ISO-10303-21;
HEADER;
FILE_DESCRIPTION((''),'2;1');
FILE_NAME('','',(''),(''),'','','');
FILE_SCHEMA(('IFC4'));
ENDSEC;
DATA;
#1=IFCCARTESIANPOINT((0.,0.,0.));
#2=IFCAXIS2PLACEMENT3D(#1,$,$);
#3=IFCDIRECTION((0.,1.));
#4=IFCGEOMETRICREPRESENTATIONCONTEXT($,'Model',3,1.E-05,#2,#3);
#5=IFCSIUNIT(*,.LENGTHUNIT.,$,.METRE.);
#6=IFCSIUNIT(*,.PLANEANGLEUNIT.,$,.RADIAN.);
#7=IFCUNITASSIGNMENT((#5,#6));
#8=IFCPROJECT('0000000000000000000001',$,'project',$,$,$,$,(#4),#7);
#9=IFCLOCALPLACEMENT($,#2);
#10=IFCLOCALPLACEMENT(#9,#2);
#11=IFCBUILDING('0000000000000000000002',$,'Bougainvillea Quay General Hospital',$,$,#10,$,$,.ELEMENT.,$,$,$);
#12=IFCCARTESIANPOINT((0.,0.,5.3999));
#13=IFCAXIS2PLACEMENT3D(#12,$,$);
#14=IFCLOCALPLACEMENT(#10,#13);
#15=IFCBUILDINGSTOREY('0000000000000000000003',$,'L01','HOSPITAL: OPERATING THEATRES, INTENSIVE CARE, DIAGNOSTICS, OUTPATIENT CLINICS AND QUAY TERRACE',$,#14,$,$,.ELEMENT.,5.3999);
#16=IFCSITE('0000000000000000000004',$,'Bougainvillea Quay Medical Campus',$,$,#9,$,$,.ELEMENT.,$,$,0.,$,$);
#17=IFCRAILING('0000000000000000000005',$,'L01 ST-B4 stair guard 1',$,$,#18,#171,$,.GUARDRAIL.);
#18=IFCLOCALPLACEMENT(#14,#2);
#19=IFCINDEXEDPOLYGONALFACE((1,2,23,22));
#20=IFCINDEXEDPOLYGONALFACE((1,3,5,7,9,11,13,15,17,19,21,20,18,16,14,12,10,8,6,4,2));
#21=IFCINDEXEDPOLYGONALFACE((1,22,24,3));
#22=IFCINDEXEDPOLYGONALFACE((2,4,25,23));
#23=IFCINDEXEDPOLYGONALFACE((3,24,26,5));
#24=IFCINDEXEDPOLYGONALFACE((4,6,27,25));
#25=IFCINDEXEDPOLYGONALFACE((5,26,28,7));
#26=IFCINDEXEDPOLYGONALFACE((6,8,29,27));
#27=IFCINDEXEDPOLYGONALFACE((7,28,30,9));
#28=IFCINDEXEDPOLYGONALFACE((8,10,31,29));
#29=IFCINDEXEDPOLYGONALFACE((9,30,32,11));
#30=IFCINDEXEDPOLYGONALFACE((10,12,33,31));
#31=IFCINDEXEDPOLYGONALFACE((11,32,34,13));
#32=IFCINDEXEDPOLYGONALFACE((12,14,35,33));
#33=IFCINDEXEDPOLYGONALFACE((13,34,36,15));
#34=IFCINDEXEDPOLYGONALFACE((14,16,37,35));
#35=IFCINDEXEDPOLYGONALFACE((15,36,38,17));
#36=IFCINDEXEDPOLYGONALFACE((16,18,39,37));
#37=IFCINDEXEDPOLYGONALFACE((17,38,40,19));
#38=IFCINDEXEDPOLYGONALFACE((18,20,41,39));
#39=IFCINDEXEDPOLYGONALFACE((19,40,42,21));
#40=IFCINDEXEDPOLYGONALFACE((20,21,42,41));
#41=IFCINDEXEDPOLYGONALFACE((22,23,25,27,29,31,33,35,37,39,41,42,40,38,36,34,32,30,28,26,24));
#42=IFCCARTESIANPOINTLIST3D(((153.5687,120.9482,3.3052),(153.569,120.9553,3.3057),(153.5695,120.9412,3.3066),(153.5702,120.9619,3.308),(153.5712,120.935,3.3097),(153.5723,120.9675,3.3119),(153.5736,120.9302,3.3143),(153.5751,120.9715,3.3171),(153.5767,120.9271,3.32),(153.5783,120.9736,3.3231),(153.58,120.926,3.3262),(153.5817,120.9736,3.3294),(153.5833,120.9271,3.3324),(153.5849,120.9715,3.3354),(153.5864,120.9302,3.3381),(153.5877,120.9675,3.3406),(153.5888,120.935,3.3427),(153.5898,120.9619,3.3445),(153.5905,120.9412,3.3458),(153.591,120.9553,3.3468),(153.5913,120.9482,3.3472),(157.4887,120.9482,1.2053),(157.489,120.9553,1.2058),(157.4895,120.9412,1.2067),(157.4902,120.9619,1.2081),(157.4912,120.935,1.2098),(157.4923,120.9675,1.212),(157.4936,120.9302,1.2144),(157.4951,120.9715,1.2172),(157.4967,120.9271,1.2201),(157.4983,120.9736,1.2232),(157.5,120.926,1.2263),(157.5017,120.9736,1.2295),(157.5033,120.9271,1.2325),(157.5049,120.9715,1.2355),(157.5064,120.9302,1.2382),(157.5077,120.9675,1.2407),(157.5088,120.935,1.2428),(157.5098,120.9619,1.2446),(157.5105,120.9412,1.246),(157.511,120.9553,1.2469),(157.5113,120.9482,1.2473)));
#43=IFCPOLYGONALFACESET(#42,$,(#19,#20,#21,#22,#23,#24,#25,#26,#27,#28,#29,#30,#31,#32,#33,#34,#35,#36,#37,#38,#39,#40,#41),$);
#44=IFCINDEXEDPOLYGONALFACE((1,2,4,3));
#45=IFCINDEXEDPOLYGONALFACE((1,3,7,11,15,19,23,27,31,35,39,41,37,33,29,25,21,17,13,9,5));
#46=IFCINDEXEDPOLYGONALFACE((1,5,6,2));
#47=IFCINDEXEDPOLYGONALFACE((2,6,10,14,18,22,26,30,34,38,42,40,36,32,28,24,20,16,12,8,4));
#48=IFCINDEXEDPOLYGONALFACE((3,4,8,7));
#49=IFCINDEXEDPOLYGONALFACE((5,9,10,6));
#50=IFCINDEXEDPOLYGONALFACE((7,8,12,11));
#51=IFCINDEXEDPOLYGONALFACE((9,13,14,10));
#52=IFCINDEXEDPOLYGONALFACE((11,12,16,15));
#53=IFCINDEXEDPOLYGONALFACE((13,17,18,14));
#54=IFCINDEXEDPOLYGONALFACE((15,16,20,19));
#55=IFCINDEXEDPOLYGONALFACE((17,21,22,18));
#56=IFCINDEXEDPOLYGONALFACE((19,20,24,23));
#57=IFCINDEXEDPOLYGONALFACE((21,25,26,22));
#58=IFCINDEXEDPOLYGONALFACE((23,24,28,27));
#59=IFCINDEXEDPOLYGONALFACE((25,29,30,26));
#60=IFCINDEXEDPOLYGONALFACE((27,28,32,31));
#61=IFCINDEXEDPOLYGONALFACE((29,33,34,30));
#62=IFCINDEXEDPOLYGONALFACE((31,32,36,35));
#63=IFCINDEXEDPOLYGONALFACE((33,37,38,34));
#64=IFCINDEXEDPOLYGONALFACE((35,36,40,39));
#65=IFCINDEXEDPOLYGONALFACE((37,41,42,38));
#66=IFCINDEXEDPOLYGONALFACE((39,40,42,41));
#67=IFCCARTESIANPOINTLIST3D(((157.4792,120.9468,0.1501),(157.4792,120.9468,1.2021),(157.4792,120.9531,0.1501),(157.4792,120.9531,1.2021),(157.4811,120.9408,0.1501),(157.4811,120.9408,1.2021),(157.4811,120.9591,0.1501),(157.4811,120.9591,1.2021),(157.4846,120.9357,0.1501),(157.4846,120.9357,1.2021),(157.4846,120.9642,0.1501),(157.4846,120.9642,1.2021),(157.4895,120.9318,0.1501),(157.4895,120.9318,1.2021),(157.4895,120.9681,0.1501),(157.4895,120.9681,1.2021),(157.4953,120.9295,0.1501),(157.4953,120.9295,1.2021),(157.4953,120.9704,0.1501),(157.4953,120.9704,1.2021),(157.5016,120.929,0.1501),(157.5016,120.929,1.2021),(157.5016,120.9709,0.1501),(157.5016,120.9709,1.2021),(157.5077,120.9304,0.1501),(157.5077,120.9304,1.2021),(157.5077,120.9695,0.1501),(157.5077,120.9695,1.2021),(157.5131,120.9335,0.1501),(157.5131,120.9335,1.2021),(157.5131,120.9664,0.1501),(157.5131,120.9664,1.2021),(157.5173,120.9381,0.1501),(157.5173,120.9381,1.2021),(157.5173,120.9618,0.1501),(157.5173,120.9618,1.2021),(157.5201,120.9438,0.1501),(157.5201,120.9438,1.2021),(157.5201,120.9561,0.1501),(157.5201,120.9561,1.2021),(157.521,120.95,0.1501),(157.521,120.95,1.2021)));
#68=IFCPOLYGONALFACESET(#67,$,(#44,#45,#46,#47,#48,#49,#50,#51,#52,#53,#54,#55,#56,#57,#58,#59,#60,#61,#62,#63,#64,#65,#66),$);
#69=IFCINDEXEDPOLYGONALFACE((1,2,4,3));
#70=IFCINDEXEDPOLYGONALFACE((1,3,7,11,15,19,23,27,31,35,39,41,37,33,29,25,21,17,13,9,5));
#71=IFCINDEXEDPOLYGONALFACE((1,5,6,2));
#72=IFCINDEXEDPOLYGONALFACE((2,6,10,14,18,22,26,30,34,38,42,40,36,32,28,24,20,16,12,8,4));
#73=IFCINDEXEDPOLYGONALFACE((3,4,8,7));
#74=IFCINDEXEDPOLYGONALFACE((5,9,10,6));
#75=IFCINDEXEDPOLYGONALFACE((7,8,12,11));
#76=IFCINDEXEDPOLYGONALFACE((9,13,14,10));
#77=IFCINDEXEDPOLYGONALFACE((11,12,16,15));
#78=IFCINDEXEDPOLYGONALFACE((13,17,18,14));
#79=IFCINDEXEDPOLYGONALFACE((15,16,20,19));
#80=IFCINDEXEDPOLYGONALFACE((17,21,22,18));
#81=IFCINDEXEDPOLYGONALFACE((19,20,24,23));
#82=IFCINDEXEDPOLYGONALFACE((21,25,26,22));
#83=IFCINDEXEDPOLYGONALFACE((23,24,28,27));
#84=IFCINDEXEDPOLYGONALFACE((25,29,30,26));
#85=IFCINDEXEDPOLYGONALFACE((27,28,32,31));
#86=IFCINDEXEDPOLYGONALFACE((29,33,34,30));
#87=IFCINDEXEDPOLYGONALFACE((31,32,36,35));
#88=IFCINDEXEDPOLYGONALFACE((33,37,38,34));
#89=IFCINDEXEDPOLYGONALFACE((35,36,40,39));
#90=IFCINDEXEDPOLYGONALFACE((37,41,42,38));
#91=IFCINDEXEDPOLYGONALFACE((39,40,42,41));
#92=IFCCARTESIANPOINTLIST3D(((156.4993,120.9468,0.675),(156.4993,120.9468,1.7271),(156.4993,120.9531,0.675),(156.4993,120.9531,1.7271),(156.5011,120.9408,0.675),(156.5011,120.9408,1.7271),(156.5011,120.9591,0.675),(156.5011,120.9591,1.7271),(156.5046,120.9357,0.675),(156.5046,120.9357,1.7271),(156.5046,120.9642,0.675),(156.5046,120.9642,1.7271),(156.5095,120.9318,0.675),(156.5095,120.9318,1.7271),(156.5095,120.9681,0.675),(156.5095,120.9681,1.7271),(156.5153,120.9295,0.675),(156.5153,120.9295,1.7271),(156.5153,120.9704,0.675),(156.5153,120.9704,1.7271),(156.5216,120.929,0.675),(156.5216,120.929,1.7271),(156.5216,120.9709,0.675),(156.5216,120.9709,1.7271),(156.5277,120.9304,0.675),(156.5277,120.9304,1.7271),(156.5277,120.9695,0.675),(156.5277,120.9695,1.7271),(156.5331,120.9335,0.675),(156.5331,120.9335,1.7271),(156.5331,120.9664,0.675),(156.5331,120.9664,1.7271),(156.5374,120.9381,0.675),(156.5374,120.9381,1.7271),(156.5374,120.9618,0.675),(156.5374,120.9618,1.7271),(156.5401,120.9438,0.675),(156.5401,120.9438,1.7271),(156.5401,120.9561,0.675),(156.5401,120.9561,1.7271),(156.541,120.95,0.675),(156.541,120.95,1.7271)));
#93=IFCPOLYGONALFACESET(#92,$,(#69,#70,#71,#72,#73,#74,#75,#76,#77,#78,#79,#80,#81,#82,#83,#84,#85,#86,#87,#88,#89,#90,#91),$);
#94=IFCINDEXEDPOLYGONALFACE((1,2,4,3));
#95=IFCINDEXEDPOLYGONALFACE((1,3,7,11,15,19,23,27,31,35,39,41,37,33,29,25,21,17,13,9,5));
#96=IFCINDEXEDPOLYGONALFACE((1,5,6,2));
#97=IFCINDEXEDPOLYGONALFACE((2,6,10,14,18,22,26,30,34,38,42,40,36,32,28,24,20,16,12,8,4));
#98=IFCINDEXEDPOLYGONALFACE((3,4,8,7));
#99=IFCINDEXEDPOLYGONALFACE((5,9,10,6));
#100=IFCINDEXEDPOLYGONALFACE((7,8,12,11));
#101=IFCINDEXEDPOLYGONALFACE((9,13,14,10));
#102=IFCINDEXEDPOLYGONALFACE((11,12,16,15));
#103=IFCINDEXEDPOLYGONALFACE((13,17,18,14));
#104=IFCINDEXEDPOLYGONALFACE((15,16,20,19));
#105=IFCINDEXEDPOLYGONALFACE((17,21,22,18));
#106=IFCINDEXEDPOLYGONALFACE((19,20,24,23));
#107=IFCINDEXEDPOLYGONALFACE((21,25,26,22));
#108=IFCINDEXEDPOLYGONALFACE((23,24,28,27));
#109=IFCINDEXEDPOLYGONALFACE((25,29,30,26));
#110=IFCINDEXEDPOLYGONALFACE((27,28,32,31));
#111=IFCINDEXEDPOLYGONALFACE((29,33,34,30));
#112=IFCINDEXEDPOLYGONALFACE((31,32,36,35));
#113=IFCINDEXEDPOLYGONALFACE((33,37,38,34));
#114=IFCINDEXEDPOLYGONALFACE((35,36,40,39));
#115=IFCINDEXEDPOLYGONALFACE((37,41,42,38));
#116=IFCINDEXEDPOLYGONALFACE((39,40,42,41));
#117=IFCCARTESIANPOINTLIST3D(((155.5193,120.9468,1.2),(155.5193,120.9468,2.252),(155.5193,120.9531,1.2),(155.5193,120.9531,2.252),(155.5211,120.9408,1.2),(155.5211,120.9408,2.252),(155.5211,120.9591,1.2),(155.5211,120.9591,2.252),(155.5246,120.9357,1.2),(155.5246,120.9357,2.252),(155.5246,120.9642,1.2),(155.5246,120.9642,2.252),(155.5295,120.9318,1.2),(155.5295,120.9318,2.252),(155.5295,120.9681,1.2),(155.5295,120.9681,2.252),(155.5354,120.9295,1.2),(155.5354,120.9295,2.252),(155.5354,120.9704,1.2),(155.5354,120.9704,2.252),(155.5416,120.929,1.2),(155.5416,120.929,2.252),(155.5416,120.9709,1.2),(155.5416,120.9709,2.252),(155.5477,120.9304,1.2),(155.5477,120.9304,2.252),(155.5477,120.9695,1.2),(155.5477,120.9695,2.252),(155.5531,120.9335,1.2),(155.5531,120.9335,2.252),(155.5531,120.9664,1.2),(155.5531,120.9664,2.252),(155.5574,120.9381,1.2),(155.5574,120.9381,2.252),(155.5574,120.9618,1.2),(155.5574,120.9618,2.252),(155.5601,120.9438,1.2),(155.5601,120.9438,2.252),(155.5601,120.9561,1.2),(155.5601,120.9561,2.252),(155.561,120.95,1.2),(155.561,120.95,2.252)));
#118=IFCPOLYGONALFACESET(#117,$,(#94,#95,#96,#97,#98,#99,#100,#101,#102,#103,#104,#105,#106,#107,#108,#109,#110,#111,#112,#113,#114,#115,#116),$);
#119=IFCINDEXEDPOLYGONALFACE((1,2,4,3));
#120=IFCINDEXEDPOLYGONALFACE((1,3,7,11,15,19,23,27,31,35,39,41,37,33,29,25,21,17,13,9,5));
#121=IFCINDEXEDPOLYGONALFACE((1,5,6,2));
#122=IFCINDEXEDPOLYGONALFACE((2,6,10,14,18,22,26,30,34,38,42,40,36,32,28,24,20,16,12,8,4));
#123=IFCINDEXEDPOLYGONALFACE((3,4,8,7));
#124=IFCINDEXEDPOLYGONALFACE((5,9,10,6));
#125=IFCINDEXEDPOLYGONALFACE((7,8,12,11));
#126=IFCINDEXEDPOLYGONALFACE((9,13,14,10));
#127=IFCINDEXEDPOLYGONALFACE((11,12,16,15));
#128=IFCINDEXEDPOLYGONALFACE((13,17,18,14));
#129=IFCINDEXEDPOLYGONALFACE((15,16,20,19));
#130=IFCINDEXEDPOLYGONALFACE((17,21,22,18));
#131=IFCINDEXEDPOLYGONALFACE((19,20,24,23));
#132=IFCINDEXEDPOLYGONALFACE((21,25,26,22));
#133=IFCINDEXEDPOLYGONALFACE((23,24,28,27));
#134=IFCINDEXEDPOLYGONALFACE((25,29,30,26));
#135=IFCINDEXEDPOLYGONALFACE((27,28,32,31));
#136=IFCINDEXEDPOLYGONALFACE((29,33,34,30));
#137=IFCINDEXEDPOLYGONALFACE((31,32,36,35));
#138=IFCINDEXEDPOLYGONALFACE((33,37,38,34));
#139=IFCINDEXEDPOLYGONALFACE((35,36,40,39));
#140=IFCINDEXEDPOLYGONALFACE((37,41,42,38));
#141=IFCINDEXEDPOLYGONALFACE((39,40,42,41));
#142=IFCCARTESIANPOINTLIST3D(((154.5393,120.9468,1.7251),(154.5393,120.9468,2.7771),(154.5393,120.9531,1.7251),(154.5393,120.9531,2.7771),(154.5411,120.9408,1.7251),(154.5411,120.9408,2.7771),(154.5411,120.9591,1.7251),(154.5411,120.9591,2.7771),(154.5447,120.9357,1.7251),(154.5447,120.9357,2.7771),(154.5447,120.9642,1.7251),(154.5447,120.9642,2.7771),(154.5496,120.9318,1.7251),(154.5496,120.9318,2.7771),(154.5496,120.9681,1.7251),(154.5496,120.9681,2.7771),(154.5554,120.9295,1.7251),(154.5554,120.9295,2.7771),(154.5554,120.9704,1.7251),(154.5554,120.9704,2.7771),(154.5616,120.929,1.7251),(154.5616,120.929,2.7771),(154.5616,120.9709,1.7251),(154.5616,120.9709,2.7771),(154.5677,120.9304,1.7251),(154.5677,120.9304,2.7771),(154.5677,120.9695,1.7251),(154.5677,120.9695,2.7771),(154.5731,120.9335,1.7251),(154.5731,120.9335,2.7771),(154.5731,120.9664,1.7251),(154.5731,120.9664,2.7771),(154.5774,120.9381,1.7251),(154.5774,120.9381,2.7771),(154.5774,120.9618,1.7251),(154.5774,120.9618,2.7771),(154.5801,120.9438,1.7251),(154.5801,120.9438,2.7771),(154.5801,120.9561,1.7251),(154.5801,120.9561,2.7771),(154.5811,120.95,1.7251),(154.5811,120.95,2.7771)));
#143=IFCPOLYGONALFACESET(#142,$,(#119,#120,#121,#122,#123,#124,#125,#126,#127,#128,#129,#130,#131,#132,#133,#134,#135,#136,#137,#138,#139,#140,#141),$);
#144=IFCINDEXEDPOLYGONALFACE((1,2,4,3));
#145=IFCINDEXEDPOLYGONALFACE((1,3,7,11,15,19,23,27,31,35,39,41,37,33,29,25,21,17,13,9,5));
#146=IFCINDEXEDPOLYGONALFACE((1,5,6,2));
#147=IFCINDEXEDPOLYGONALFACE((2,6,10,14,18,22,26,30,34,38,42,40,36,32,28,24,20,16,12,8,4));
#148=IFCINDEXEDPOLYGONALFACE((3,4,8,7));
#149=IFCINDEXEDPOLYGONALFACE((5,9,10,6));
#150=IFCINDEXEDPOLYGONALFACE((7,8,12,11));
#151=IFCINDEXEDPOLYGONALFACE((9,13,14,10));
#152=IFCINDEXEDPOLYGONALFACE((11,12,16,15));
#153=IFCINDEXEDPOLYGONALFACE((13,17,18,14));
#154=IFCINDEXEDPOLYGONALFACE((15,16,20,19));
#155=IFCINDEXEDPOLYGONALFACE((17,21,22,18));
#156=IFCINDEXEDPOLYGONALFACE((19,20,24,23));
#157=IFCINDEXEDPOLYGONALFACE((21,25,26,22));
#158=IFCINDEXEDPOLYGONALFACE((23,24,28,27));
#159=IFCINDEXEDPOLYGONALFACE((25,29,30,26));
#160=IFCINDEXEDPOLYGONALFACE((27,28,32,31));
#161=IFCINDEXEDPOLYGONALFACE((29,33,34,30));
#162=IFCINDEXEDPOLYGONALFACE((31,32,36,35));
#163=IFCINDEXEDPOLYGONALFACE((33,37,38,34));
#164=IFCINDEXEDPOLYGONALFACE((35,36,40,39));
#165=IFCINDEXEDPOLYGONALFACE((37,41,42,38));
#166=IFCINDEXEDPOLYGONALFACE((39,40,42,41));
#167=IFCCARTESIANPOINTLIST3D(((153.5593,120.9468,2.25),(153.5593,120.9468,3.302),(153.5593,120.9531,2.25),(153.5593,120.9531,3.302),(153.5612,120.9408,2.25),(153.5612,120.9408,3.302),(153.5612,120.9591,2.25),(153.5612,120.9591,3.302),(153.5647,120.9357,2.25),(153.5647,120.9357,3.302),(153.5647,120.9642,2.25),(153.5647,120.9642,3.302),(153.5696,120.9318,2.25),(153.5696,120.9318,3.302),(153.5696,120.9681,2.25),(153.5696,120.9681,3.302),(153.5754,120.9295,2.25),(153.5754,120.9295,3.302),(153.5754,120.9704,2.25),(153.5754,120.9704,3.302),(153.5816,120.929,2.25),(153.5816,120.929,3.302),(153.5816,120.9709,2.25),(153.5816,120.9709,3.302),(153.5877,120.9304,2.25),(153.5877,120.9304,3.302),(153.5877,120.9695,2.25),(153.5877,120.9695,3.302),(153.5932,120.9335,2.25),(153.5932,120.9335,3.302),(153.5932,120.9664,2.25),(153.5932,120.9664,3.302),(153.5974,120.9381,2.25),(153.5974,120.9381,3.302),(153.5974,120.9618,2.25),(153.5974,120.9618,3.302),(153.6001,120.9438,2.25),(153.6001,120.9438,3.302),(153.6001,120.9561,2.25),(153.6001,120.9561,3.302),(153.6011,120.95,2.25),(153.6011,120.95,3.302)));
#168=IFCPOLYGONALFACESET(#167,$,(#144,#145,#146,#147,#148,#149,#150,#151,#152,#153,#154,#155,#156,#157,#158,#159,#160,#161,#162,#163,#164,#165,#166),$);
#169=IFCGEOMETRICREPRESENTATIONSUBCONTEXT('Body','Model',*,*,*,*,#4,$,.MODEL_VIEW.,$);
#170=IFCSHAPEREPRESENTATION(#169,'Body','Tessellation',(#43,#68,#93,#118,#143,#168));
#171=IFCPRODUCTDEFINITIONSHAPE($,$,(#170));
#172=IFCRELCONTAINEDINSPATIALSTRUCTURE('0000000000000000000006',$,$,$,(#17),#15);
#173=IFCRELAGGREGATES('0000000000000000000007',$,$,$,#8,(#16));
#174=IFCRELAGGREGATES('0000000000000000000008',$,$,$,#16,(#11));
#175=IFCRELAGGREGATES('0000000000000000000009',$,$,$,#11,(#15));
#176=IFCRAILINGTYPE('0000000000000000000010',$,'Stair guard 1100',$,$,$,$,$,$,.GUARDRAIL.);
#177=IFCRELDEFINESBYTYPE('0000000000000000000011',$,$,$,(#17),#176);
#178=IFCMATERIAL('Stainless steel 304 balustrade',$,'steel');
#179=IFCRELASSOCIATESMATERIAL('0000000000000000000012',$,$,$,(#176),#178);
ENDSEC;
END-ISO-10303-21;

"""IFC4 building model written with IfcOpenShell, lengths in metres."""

from ifc_helpers import new_model, si_unit, direction, frame, origin, origin_2d, place, context, subcontext, project, spatial, circle, extrude, material, type_object, element, save


model = new_model("IFC4")

# Units and contexts
model_context = context("Model", 3, precision=1e-05, world=origin(), true_north=direction((0.0, 1.0)))
body_context = subcontext(model_context, "Body", "Model", "MODEL_VIEW")
ifc_project = project(units=[si_unit("LENGTHUNIT", "METRE"), si_unit("PLANEANGLEUNIT", "RADIAN")], contexts=[model_context])

# Site, building, storey
site_placement = place(None, origin())
site = spatial("IfcSite", under=ifc_project, at=site_placement, Name="Bougainvillea Quay Medical Campus", CompositionType="ELEMENT", RefElevation=0.0)
building_placement = place(site_placement, origin())
building = spatial("IfcBuilding", under=site, at=building_placement, Name="Bougainvillea Quay General Hospital", CompositionType="ELEMENT")
storey_placement = place(building_placement, frame((0.0, 0.0, 5.3999)))
storey = spatial("IfcBuildingStorey", under=building, at=storey_placement, Name="L01", Description="HOSPITAL: OPERATING THEATRES, INTENSIVE CARE, DIAGNOSTICS, OUTPATIENT CLINICS AND QUAY TERRACE", CompositionType="ELEMENT", Elevation=5.3999)

# Railing
ifc_material_1 = material(Name="Stainless steel 304 balustrade", Category="steel")
railing_type_1 = type_object("IfcRailingType", Name="Stair guard 1100", PredefinedType="GUARDRAIL", material=ifc_material_1)
railing_1_placement = place(storey_placement, frame((157.5, 120.95, 0.1501)))
element("IfcRailing", 1, at=railing_1_placement, inside=storey, type_object=railing_type_1, Name="L01 ST-B4 stair guard 1", PredefinedType="GUARDRAIL", context=body_context, shape_type="SweptSolid", body=[
    extrude(circle(Radius=0.0239, at=origin_2d()), frame((0.0, 0.0, 1.0762), z_axis=(-0.88149, 0.0, 0.472203), x_axis=(0.0, -1.0, 0.0)), (0.0, 0.0, 1.0), 4.447),
    extrude(circle(Radius=0.021, at=origin_2d()), origin(), (0.0, 0.0, 1.0), 1.052),
    extrude(circle(Radius=0.021, at=origin_2d()), frame((-0.98, 0.0, 0.5249)), (0.0, 0.0, 1.0), 1.052),
    extrude(circle(Radius=0.021, at=origin_2d()), frame((-1.96, 0.0, 1.0498)), (0.0, 0.0, 1.0), 1.052),
    extrude(circle(Radius=0.021, at=origin_2d()), frame((-2.9399, 0.0, 1.575)), (0.0, 0.0, 1.0), 1.052),
    extrude(circle(Radius=0.021, at=origin_2d()), frame((-3.9199, 0.0, 2.0999)), (0.0, 0.0, 1.0), 1.052),
])

save(model, "model.ifc")
